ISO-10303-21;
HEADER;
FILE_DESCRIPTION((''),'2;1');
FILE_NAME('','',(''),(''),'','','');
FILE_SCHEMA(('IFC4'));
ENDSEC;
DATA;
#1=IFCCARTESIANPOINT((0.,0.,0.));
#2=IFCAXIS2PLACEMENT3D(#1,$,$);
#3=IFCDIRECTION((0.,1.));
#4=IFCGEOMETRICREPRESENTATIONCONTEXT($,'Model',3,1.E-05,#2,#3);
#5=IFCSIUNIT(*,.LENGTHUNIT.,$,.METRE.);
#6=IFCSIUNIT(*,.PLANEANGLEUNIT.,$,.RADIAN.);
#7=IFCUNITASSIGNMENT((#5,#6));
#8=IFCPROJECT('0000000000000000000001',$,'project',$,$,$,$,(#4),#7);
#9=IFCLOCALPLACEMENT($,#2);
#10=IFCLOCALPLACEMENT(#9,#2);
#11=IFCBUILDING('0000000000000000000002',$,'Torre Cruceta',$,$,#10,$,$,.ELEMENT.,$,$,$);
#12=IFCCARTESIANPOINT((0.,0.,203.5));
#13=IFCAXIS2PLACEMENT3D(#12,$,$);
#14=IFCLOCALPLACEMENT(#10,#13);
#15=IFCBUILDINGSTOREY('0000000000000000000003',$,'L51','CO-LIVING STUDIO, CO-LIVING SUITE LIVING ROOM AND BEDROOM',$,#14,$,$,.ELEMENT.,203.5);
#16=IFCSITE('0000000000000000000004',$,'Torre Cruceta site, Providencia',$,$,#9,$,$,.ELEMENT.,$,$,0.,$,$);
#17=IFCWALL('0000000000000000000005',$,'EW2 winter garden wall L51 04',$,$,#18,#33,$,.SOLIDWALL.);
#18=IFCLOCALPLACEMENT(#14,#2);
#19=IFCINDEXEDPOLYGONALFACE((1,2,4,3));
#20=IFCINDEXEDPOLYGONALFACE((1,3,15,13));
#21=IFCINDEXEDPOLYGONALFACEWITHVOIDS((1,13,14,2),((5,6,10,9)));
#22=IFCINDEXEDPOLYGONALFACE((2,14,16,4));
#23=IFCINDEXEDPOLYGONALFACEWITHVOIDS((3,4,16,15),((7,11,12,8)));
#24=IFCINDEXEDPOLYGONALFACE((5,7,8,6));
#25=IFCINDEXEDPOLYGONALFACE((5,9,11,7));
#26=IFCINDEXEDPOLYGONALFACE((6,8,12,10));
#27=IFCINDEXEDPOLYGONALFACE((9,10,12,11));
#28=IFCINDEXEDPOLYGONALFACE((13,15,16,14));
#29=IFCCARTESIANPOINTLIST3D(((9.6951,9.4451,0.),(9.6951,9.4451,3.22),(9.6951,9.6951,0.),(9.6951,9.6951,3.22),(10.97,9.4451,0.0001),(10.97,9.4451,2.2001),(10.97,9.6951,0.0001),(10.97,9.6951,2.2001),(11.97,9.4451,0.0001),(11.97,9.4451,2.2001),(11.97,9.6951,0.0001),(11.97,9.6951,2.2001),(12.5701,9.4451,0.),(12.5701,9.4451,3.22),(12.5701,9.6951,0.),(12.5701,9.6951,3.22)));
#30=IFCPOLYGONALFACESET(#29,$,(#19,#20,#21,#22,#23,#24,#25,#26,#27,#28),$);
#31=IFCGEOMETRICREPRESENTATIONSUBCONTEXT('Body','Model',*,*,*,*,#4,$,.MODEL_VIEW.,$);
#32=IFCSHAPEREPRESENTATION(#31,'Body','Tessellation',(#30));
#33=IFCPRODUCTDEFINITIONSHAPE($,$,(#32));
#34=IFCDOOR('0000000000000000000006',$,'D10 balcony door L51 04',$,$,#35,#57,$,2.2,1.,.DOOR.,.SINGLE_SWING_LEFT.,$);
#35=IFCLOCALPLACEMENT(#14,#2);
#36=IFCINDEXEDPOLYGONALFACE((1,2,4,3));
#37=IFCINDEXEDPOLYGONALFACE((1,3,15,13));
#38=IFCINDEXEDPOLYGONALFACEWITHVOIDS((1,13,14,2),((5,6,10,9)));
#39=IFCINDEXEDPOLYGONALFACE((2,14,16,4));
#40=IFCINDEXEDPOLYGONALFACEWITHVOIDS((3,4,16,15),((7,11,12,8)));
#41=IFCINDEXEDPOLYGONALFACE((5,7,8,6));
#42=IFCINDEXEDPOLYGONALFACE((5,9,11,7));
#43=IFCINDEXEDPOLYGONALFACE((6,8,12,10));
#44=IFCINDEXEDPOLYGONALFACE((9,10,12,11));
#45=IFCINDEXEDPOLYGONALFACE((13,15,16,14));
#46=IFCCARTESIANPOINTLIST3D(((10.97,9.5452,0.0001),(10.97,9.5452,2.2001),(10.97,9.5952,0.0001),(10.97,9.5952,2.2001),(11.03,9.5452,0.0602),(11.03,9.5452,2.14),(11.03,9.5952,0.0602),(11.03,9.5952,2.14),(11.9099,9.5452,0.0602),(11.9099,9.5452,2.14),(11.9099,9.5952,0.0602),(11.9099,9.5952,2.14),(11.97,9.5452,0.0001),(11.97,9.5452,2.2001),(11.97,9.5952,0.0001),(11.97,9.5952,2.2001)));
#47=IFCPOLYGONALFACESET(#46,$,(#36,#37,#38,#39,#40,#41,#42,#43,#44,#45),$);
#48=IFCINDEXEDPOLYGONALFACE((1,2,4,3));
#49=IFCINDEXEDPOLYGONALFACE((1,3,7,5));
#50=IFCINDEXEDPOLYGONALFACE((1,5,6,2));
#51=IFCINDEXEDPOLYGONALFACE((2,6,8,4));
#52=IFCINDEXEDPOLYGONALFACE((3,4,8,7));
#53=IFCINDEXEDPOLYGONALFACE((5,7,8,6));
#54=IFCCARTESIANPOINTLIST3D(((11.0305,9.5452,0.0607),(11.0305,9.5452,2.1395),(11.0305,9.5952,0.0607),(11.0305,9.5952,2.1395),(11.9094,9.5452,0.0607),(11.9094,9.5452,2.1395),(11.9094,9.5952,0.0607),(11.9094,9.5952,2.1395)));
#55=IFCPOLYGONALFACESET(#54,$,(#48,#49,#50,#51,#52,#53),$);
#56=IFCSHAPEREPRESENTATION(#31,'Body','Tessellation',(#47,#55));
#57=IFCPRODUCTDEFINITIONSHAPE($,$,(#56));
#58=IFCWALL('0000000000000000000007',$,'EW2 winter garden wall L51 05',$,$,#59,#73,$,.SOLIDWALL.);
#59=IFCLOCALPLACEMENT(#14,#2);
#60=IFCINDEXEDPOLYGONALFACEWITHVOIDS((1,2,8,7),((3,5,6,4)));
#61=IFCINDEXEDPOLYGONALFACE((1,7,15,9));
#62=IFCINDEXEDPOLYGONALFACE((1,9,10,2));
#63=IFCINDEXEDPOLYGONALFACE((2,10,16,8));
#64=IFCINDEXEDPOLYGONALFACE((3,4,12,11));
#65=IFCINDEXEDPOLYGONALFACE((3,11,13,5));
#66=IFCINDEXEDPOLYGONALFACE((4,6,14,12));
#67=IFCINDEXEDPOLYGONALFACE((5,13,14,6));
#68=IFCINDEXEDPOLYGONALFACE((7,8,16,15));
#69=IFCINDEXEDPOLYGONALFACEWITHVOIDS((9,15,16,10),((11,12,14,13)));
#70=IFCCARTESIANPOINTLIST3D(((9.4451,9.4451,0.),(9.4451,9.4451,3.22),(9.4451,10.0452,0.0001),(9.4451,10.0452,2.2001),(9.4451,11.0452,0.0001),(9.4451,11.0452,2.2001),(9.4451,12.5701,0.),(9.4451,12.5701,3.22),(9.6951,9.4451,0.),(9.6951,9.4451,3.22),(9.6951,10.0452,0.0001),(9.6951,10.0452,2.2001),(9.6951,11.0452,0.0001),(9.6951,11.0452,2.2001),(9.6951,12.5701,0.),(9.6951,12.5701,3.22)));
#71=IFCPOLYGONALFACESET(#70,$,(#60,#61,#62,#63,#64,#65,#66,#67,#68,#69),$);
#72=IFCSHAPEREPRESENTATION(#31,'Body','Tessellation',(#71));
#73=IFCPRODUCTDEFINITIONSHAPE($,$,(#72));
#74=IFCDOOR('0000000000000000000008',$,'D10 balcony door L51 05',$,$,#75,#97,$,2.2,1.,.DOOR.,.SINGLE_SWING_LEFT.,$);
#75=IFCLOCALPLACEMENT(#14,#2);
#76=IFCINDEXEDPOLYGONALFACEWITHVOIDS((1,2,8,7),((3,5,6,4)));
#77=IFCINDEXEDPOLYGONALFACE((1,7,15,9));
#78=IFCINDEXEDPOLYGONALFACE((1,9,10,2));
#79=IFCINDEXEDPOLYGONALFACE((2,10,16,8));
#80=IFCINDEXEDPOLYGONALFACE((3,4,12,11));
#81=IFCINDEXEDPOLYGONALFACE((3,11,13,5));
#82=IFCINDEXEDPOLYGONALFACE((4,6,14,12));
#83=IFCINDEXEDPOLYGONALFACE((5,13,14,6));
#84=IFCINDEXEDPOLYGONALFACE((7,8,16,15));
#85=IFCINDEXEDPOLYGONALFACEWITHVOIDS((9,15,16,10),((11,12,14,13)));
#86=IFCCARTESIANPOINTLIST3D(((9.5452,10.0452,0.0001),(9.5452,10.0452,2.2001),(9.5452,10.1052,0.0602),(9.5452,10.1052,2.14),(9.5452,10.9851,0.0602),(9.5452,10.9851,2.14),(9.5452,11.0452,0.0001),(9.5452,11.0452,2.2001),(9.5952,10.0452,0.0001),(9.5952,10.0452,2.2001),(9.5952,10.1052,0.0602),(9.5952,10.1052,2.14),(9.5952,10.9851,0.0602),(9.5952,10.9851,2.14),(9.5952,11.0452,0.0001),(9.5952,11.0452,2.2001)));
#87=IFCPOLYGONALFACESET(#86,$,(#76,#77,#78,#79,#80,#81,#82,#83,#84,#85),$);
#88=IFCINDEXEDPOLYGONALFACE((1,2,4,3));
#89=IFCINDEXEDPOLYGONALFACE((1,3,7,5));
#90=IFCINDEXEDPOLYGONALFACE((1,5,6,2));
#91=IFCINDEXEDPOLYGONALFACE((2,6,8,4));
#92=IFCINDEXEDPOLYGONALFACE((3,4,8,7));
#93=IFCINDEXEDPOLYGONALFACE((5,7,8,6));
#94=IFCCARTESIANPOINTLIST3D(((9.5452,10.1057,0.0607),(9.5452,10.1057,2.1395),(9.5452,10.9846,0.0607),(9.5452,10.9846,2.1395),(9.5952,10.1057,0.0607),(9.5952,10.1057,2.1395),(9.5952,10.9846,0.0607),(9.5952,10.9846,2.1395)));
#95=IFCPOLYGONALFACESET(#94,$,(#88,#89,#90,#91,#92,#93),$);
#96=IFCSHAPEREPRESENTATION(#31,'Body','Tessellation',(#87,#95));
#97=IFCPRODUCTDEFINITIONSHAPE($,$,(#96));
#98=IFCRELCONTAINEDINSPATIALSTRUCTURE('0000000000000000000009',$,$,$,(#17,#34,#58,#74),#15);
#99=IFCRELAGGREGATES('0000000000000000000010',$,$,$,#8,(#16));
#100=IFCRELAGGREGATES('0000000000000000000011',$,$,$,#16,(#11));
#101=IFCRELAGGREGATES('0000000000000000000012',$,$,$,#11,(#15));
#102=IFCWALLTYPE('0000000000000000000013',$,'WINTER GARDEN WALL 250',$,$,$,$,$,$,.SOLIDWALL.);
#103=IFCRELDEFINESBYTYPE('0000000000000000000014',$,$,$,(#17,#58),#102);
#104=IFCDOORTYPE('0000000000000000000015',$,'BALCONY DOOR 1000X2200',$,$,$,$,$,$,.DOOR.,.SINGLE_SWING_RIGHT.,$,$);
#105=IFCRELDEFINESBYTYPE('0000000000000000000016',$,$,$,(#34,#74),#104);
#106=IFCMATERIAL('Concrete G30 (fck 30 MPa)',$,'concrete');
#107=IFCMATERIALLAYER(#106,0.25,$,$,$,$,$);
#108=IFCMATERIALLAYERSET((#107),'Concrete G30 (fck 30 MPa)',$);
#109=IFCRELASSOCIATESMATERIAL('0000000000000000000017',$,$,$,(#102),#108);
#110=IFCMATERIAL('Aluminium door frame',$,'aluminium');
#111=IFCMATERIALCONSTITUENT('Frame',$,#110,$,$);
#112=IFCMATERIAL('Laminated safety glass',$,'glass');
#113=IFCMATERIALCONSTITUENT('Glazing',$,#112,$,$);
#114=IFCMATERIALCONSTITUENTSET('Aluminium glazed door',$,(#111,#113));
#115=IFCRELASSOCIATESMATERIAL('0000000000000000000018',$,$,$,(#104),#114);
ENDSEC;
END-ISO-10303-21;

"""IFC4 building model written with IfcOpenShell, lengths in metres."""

from ifc_helpers import new_model, si_unit, direction, frame, frame_2d, origin, place, context, subcontext, project, spatial, rectangle, hollow_rectangle, extrude, material, layer, layer_set, constituent, constituent_set, type_object, element, fill, save


model = new_model("IFC4")

# Units and contexts
model_context = context("Model", 3, precision=1e-05, world=origin(), true_north=direction((0.0, 1.0)))
body_context = subcontext(model_context, "Body", "Model", "MODEL_VIEW")
ifc_project = project(units=[si_unit("LENGTHUNIT", "METRE"), si_unit("PLANEANGLEUNIT", "RADIAN")], contexts=[model_context])

# Site, building, storey
site_placement = place(None, origin())
site = spatial("IfcSite", under=ifc_project, at=site_placement, Name="Torre Cruceta site, Providencia", CompositionType="ELEMENT", RefElevation=0.0)
building_placement = place(site_placement, origin())
building = spatial("IfcBuilding", under=site, at=building_placement, Name="Torre Cruceta", CompositionType="ELEMENT")
storey_placement = place(building_placement, frame((0.0, 0.0, 203.5)))
storey = spatial("IfcBuildingStorey", under=building, at=storey_placement, Name="L51", Description="CO-LIVING STUDIO, CO-LIVING SUITE LIVING ROOM AND BEDROOM", CompositionType="ELEMENT", Elevation=203.5)

# Walls, openings, doors
ifc_material_1 = material(Name="Concrete G30 (fck 30 MPa)", Category="concrete")
ifc_layer_1 = layer(ifc_material_1, 0.25)
ifc_layer_set_1 = layer_set([ifc_layer_1], Name="Concrete G30 (fck 30 MPa)")
wall_type_1 = type_object("IfcWallType", Name="WINTER GARDEN WALL 250", PredefinedType="SOLIDWALL", material=ifc_layer_set_1)
wall_1_placement = place(storey_placement, frame((12.5701, 9.5701, 0.0), z_axis=(0.0, 0.0, 1.0), x_axis=(-1.0, 0.0, 0.0)))
wall_1 = element("IfcWall", 1, at=wall_1_placement, inside=storey, type_object=wall_type_1, Name="EW2 winter garden wall L51 04", PredefinedType="SOLIDWALL", context=body_context, shape_type="SweptSolid", body=[
    extrude(rectangle(XDim=2.875, YDim=0.25, at=frame_2d((1.4375, 0.0))), origin(), (0.0, 0.0, 1.0), 3.22),
])
opening_1_placement = place(wall_1_placement, frame((0.6001, 0.0, 0.0)))
opening_1 = element("IfcOpeningElement", 2, at=opening_1_placement, cuts=wall_1, PredefinedType="OPENING", context=body_context, shape_type="SweptSolid", body=[
    extrude(rectangle(XDim=1.0, YDim=2.2, at=frame_2d((0.5, 1.1001))), frame((0.0, 0.135, 0.0), z_axis=(0.0, -1.0, 0.0), x_axis=(1.0, 0.0, 0.0)), (0.0, 0.0, 1.0), 0.27),
])
ifc_material_2 = material(Name="Aluminium door frame", Category="aluminium")
ifc_constituent_1 = constituent(ifc_material_2, Name="Frame")
ifc_material_3 = material(Name="Laminated safety glass", Category="glass")
ifc_constituent_2 = constituent(ifc_material_3, Name="Glazing")
ifc_constituent_set_1 = constituent_set(constituents=[ifc_constituent_1, ifc_constituent_2], Name="Aluminium glazed door")
door_type_1 = type_object("IfcDoorType", Name="BALCONY DOOR 1000X2200", OperationType="SINGLE_SWING_RIGHT", PredefinedType="DOOR", material=ifc_constituent_set_1)
door_1_placement = place(opening_1_placement, origin())
door_1 = element("IfcDoor", 3, at=door_1_placement, inside=storey, type_object=door_type_1, Name="D10 balcony door L51 04", OperationType="SINGLE_SWING_LEFT", OverallHeight=2.2, OverallWidth=1.0, PredefinedType="DOOR", context=body_context, shape_type="SweptSolid", body=[
    extrude(hollow_rectangle(XDim=1.0, YDim=2.2, WallThickness=0.0601, at=frame_2d((0.5, 1.1001))), frame((0.0, 0.0249, 0.0), z_axis=(0.0, -1.0, 0.0), x_axis=(1.0, 0.0, 0.0)), (0.0, 0.0, 1.0), 0.05),
    extrude(rectangle(XDim=0.8789, YDim=2.0789, at=frame_2d((0.5, 1.1001))), frame((0.0, 0.0249, 0.0), z_axis=(0.0, -1.0, 0.0), x_axis=(1.0, 0.0, 0.0)), (0.0, 0.0, 1.0), 0.05),
])
fill(opening_1, door_1)
wall_2_placement = place(storey_placement, frame((9.5701, 9.4451, 0.0), z_axis=(0.0, 0.0, 1.0), x_axis=(0.0, 1.0, 0.0)))
wall_2 = element("IfcWall", 4, at=wall_2_placement, inside=storey, type_object=wall_type_1, Name="EW2 winter garden wall L51 05", PredefinedType="SOLIDWALL", context=body_context, shape_type="SweptSolid", body=[
    extrude(rectangle(XDim=3.125, YDim=0.25, at=frame_2d((1.5625, 0.0))), origin(), (0.0, 0.0, 1.0), 3.22),
])
opening_2_placement = place(wall_2_placement, frame((0.6001, 0.0, 0.0)))
opening_2 = element("IfcOpeningElement", 5, at=opening_2_placement, cuts=wall_2, PredefinedType="OPENING", context=body_context, shape_type="SweptSolid", body=[
    extrude(rectangle(XDim=1.0, YDim=2.2, at=frame_2d((0.5, 1.1001))), frame((0.0, 0.135, 0.0), z_axis=(0.0, -1.0, 0.0), x_axis=(1.0, 0.0, 0.0)), (0.0, 0.0, 1.0), 0.27),
])
door_2_placement = place(opening_2_placement, origin())
door_2 = element("IfcDoor", 6, at=door_2_placement, inside=storey, type_object=door_type_1, Name="D10 balcony door L51 05", OperationType="SINGLE_SWING_LEFT", OverallHeight=2.2, OverallWidth=1.0, PredefinedType="DOOR", context=body_context, shape_type="SweptSolid", body=[
    extrude(hollow_rectangle(XDim=1.0, YDim=2.2, WallThickness=0.0601, at=frame_2d((0.5, 1.1001))), frame((0.0, 0.0249, 0.0), z_axis=(0.0, -1.0, 0.0), x_axis=(1.0, 0.0, 0.0)), (0.0, 0.0, 1.0), 0.05),
    extrude(rectangle(XDim=0.8789, YDim=2.0789, at=frame_2d((0.5, 1.1001))), frame((0.0, 0.0249, 0.0), z_axis=(0.0, -1.0, 0.0), x_axis=(1.0, 0.0, 0.0)), (0.0, 0.0, 1.0), 0.05),
])
fill(opening_2, door_2)

save(model, "model.ifc")
